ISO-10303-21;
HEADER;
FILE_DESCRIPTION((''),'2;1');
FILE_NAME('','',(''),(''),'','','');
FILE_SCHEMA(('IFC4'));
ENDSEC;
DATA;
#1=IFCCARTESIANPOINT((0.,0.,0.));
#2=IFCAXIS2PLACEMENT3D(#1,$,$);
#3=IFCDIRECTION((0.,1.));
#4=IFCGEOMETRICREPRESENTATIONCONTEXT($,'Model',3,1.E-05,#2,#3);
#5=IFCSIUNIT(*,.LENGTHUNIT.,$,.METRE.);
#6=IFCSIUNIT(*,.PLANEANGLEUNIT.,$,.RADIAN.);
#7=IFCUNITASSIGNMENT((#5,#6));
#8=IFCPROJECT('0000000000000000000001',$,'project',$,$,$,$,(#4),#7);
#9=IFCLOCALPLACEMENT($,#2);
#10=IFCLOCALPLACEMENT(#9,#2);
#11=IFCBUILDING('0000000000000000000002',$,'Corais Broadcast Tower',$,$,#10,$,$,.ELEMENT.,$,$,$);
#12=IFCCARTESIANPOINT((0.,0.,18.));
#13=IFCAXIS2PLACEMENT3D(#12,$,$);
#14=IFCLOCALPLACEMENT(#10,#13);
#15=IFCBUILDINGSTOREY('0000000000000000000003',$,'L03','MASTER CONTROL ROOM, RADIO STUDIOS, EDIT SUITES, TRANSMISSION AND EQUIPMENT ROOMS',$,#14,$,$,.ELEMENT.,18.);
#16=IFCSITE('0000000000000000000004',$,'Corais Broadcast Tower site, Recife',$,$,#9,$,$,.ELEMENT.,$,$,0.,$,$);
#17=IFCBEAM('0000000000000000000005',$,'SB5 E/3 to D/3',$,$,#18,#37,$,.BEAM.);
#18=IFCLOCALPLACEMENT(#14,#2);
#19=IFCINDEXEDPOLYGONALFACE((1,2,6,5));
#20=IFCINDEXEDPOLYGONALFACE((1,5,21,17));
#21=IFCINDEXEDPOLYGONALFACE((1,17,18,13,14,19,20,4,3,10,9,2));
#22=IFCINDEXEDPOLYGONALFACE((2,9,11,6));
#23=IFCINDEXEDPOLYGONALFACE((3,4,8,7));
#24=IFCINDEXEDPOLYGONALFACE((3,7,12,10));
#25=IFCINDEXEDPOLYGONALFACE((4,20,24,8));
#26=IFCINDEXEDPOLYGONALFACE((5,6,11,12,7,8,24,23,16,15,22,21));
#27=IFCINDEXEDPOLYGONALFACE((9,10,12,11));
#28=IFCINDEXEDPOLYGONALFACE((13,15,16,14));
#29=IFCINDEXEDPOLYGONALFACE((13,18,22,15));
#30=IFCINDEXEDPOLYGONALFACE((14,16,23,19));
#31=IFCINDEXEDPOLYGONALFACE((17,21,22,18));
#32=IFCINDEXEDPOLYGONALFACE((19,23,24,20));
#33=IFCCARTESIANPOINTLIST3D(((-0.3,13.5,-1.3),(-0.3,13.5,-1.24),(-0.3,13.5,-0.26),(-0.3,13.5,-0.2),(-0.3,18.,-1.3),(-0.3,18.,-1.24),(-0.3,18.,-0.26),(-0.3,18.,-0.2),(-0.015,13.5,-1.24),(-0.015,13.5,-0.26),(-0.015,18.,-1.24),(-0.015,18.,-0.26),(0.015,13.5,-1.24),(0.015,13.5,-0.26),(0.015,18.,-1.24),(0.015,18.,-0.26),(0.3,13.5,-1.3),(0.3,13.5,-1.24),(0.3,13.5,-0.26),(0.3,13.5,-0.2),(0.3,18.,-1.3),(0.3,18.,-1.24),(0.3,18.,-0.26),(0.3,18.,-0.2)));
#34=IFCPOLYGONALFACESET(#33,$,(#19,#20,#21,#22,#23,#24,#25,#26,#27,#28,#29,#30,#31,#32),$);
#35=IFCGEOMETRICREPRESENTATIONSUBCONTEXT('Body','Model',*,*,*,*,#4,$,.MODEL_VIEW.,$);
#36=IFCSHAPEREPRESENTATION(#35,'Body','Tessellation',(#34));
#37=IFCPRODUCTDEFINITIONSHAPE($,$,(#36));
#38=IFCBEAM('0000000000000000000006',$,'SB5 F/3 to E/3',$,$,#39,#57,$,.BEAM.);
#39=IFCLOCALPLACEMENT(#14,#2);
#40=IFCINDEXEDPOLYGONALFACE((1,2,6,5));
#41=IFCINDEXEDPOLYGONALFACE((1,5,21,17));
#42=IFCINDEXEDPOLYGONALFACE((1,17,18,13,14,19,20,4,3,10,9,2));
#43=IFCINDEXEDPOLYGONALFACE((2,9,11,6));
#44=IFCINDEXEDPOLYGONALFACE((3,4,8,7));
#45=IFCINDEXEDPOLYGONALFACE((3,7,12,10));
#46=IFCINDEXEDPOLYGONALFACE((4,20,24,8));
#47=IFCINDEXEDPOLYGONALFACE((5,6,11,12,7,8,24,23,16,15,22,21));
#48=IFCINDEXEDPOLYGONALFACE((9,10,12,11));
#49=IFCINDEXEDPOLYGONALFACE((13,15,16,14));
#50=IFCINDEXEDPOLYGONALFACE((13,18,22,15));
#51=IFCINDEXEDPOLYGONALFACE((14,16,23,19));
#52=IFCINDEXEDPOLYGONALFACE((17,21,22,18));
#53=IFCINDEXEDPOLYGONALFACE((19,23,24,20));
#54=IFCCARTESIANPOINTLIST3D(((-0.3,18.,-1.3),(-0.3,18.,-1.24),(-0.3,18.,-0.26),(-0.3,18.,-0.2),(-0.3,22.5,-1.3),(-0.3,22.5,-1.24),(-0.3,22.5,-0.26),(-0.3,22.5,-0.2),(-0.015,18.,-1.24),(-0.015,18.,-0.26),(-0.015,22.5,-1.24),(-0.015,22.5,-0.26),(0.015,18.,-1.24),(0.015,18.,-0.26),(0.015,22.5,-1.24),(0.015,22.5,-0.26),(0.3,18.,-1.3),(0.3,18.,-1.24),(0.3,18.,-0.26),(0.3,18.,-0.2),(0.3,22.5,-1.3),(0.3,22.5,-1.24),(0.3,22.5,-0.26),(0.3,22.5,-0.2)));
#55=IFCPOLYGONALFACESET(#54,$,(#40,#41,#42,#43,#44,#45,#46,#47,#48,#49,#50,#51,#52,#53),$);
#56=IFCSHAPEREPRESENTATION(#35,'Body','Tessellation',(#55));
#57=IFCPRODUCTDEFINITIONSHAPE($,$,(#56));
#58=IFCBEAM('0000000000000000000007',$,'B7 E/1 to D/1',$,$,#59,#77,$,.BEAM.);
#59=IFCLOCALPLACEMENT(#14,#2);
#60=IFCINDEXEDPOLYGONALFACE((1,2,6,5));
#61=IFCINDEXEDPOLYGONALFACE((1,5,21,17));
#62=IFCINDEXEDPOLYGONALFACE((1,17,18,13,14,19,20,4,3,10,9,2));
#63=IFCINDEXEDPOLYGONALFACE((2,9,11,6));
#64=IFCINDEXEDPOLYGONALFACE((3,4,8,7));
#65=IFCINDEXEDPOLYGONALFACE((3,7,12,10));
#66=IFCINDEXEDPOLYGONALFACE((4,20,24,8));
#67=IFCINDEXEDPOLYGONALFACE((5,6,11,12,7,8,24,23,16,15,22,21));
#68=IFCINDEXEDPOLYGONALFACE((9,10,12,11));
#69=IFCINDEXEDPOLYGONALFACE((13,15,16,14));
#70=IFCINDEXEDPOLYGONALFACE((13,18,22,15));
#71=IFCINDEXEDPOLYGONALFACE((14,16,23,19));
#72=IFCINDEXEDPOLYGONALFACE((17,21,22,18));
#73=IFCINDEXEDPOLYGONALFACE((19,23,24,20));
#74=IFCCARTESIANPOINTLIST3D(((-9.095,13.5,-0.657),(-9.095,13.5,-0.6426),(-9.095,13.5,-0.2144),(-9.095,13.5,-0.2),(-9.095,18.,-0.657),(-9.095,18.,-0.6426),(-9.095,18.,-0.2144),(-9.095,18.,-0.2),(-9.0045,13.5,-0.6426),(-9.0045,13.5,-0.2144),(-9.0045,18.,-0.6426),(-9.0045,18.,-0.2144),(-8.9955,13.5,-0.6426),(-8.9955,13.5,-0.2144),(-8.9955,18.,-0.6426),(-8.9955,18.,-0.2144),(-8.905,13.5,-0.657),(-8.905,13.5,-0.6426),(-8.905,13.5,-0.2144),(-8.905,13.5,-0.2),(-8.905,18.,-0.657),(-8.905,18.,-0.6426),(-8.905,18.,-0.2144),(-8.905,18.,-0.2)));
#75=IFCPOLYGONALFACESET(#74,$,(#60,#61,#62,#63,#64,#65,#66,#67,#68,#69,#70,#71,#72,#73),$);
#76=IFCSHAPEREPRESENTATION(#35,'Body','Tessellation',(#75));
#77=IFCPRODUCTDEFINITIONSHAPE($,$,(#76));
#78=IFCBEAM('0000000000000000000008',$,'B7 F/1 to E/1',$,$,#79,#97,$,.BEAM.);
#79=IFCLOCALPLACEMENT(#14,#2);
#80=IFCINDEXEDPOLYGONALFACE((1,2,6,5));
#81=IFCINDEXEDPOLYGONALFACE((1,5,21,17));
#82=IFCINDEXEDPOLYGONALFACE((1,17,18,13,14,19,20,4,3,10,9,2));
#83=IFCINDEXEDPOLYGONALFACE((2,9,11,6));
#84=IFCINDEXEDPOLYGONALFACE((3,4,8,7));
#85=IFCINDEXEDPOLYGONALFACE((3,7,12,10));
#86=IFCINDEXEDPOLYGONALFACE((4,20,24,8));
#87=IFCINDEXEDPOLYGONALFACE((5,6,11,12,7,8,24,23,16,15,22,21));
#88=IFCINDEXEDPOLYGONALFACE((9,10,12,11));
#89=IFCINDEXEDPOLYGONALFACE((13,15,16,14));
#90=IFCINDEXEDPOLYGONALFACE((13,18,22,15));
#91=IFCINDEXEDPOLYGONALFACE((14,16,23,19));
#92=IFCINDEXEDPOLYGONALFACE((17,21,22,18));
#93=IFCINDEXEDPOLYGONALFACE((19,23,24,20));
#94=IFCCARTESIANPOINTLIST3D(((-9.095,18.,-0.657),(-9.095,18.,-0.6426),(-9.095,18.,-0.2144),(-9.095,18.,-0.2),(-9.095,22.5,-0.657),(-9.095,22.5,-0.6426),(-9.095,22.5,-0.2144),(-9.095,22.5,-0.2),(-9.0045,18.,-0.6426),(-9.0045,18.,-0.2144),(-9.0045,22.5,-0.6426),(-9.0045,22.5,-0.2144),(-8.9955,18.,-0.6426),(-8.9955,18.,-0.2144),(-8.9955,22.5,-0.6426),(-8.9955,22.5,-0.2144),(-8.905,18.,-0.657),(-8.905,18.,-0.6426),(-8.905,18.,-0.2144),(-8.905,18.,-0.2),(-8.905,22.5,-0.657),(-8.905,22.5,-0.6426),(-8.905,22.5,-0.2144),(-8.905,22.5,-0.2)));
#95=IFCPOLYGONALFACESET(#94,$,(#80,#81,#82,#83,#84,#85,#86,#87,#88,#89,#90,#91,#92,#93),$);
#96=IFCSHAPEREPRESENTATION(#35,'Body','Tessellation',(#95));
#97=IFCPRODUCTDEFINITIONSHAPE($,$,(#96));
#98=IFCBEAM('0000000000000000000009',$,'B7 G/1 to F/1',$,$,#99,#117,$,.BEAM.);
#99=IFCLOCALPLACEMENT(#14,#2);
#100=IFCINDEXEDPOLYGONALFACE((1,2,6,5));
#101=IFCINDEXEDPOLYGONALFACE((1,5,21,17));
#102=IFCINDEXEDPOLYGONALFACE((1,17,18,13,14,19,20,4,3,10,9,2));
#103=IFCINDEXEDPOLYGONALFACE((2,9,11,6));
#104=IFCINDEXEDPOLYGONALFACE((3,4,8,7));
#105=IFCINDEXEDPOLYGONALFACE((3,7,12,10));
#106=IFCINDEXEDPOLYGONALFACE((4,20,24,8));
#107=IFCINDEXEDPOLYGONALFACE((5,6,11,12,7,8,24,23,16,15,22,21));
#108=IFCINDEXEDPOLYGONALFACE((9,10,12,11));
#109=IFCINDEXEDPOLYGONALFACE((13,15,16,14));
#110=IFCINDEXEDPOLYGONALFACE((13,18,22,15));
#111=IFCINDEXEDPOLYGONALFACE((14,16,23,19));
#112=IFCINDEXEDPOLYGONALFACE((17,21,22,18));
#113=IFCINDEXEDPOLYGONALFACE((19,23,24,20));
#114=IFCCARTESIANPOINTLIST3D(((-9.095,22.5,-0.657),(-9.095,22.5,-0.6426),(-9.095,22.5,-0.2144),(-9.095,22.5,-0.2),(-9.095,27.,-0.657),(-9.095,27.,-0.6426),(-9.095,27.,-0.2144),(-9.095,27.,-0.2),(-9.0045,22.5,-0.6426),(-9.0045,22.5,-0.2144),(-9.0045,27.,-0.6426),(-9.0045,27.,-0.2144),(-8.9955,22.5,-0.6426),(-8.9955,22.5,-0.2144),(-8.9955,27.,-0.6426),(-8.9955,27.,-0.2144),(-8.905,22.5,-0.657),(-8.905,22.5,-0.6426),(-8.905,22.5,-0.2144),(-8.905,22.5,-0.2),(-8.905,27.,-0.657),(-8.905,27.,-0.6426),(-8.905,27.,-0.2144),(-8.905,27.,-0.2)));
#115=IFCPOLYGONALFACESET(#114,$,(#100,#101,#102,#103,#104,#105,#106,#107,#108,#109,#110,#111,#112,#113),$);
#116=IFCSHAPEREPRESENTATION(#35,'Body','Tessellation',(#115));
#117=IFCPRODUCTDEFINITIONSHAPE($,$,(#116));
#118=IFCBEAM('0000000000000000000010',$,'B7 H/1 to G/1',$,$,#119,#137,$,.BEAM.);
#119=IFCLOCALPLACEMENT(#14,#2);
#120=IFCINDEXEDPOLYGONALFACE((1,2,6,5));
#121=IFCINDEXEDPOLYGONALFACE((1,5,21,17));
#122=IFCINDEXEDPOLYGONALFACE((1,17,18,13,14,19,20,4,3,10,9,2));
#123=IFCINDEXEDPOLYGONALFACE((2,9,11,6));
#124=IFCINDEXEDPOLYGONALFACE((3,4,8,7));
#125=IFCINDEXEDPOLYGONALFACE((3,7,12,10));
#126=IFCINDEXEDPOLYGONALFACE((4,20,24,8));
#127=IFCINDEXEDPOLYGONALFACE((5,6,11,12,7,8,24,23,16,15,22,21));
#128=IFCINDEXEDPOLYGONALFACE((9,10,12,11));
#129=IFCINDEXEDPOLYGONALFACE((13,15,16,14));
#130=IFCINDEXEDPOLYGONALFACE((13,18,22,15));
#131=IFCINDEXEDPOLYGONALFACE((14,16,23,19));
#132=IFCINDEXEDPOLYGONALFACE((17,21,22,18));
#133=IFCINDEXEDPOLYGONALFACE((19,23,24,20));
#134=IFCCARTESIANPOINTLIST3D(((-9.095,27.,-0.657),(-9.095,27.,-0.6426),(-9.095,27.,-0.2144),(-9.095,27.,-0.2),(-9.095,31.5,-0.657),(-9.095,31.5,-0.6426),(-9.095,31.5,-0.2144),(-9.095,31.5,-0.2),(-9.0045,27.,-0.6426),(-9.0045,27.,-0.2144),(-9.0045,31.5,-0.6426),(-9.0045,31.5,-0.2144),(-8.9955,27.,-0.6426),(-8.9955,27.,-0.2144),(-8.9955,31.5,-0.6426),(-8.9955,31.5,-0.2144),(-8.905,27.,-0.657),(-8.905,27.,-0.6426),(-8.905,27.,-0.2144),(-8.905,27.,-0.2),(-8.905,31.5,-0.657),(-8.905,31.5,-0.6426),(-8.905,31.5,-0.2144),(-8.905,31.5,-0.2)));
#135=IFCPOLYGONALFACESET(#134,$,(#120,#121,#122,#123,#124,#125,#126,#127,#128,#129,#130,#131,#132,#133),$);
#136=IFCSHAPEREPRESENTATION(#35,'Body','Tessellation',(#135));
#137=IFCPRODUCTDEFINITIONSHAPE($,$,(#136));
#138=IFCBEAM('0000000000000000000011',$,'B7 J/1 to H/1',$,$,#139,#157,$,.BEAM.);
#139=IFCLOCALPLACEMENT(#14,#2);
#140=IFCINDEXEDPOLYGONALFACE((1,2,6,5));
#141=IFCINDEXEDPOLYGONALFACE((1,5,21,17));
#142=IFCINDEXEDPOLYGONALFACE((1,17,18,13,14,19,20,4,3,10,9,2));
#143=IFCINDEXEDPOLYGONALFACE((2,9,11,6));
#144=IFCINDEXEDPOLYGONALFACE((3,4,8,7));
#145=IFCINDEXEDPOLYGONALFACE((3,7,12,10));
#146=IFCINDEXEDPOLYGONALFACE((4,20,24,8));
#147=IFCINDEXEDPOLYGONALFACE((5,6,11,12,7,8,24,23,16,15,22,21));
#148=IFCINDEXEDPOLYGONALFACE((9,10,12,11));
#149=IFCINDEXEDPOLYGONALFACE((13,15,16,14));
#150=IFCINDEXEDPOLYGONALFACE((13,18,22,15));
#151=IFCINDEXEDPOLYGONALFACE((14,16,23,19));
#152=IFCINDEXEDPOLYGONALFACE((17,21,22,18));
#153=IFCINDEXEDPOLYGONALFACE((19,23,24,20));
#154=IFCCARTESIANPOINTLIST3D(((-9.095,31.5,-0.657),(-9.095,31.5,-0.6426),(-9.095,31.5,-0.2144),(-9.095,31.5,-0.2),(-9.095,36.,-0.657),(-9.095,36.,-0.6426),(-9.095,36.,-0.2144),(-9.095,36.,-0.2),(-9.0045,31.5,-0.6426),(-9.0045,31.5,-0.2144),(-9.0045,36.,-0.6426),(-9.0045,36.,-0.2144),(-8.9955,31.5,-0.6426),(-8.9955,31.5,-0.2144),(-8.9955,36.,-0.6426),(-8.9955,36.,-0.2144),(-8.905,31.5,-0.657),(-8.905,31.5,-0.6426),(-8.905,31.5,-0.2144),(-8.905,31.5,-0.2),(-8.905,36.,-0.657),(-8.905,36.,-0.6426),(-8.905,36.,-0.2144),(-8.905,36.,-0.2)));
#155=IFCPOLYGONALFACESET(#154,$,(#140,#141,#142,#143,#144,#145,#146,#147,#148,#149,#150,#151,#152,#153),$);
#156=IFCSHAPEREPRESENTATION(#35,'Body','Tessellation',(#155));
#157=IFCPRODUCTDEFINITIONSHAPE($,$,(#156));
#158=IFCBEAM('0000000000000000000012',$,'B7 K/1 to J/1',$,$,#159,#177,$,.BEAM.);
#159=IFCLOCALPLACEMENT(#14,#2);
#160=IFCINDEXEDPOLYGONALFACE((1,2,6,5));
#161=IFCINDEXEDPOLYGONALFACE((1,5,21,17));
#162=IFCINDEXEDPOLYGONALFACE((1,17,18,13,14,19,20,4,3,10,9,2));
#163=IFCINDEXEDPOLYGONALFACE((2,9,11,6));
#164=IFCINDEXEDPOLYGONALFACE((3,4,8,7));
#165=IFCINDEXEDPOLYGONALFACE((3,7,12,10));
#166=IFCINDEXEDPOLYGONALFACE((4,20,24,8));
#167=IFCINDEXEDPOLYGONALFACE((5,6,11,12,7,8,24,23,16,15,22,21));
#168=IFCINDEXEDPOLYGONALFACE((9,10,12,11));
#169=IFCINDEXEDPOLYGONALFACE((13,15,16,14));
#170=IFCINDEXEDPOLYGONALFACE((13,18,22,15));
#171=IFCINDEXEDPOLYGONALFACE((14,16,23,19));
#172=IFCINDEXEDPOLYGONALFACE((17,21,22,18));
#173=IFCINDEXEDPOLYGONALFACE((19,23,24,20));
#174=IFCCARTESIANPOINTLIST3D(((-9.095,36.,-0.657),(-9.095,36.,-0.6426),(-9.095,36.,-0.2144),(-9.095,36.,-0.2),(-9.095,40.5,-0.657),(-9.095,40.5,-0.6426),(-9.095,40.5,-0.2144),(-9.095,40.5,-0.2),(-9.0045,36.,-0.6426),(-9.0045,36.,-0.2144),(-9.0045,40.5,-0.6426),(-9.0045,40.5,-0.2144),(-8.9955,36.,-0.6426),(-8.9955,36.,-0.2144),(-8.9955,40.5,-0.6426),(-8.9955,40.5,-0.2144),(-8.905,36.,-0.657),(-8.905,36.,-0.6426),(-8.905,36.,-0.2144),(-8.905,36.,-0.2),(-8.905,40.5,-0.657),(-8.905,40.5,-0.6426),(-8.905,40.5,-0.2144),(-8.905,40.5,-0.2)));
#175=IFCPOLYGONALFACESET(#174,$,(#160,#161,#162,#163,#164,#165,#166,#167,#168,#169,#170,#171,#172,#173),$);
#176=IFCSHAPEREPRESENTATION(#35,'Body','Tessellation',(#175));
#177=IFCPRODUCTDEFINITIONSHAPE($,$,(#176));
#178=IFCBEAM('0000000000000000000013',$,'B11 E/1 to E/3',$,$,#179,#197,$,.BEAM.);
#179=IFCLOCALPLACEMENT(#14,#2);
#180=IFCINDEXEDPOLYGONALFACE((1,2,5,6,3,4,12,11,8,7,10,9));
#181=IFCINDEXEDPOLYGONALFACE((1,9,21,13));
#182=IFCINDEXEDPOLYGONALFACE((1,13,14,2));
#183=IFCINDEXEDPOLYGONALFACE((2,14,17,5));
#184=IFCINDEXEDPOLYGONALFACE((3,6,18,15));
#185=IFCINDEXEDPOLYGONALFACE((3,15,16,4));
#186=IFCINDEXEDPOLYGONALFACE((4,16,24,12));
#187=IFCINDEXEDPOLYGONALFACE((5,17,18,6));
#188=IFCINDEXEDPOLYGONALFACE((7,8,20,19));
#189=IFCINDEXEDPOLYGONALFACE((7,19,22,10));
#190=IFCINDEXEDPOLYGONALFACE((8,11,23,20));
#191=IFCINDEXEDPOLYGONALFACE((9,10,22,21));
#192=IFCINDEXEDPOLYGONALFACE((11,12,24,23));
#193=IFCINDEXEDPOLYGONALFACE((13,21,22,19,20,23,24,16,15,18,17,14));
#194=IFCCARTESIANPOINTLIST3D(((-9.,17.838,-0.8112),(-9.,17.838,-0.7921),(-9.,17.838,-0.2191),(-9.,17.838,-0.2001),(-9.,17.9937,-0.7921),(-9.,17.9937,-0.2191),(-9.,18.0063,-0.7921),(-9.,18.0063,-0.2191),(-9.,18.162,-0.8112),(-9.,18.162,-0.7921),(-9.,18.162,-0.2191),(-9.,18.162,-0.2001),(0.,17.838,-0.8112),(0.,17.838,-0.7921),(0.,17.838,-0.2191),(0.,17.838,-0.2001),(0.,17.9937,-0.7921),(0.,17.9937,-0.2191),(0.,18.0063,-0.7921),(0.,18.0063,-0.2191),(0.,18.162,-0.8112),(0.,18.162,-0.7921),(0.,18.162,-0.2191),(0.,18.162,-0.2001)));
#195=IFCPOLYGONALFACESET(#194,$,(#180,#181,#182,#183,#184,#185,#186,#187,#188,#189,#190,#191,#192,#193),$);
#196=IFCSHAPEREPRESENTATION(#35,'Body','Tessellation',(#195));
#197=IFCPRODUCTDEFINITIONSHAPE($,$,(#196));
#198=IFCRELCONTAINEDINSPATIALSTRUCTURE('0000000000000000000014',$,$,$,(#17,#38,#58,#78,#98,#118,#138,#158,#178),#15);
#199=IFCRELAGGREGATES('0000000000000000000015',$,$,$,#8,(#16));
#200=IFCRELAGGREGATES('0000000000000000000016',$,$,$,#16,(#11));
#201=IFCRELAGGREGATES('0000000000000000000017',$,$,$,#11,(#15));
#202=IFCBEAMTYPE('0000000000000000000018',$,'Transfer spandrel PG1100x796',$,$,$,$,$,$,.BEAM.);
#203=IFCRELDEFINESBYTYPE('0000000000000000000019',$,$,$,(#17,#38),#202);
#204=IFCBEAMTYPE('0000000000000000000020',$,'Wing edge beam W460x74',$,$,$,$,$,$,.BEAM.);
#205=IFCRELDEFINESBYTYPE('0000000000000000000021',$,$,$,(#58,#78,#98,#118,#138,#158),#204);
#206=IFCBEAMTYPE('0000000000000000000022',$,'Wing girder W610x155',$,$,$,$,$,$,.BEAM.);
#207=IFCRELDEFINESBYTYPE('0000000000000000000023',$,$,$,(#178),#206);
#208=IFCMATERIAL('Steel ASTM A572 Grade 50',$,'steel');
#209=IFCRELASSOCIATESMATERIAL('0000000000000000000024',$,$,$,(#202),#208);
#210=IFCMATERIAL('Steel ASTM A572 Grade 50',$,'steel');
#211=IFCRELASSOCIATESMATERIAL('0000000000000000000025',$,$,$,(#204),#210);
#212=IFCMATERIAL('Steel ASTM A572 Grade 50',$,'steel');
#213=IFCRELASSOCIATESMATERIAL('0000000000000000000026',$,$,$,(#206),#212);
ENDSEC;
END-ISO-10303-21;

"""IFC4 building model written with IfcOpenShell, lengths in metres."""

from ifc_helpers import new_model, si_unit, direction, frame, origin, origin_2d, place, context, subcontext, project, spatial, i_section, extrude, material, material_profile, profile_set, type_object, element, save


model = new_model("IFC4")

# Units and contexts
model_context = context("Model", 3, precision=1e-05, world=origin(), true_north=direction((0.0, 1.0)))
body_context = subcontext(model_context, "Body", "Model", "MODEL_VIEW")
ifc_project = project(units=[si_unit("LENGTHUNIT", "METRE"), si_unit("PLANEANGLEUNIT", "RADIAN")], contexts=[model_context])

# Site, building, storey
site_placement = place(None, origin())
site = spatial("IfcSite", under=ifc_project, at=site_placement, Name="Corais Broadcast Tower site, Recife", CompositionType="ELEMENT", RefElevation=0.0)
building_placement = place(site_placement, origin())
building = spatial("IfcBuilding", under=site, at=building_placement, Name="Corais Broadcast Tower", CompositionType="ELEMENT")
storey_placement = place(building_placement, frame((0.0, 0.0, 18.0)))
storey = spatial("IfcBuildingStorey", under=building, at=storey_placement, Name="L03", Description="MASTER CONTROL ROOM, RADIO STUDIOS, EDIT SUITES, TRANSMISSION AND EQUIPMENT ROOMS", CompositionType="ELEMENT", Elevation=18.0)

# Beams
ifc_material_1 = material(Name="Steel ASTM A572 Grade 50", Category="steel")
ifc_material_profile_1 = material_profile(ifc_material_1, i_section(OverallWidth=0.6001, OverallDepth=1.1001, WebThickness=0.03, FlangeThickness=0.0601, at=origin_2d()), Name="PG1100x796")
ifc_profile_set_1 = profile_set([ifc_material_profile_1], Name="Steel ASTM A572 Grade 50")
beam_type_1 = type_object("IfcBeamType", Name="Transfer spandrel PG1100x796", PredefinedType="BEAM", material=ifc_profile_set_1)
for number, where, z_axis, x_axis, name in (
    (1, (0.0, 18.0, -0.75), (0.0, -1.0, 0.0), (1.0, 0.0, 0.0), "SB5 E/3 to D/3"),
    (2, (0.0, 22.5, -0.75), (0.0, -1.0, 0.0), (1.0, 0.0, 0.0), "SB5 F/3 to E/3"),
):
    element("IfcBeam", number, at=place(storey_placement, frame(where, z_axis=z_axis, x_axis=x_axis)), inside=storey, type_object=beam_type_1, Name=name, PredefinedType="BEAM", context=body_context, shape_type="SweptSolid", body=[
        extrude(i_section(OverallWidth=0.6001, OverallDepth=1.1001, WebThickness=0.03, FlangeThickness=0.0601, at=origin_2d()), origin(), (0.0, 0.0, 1.0), 4.5),
    ])
ifc_material_2 = material(Name="Steel ASTM A572 Grade 50", Category="steel")
ifc_material_profile_2 = material_profile(ifc_material_2, i_section(OverallWidth=0.1899, OverallDepth=0.457, WebThickness=0.009, FlangeThickness=0.0144, at=origin_2d()), Name="W460x74")
ifc_profile_set_2 = profile_set([ifc_material_profile_2], Name="Steel ASTM A572 Grade 50")
beam_type_2 = type_object("IfcBeamType", Name="Wing edge beam W460x74", PredefinedType="BEAM", material=ifc_profile_set_2)
for number, where, z_axis, x_axis, name in (
    (3, (-9.0, 18.0, -0.4285), (0.0, -1.0, 0.0), (1.0, 0.0, 0.0), "B7 E/1 to D/1"),
    (4, (-9.0, 22.5, -0.4285), (0.0, -1.0, 0.0), (1.0, 0.0, 0.0), "B7 F/1 to E/1"),
    (5, (-9.0, 27.0, -0.4285), (0.0, -1.0, 0.0), (1.0, 0.0, 0.0), "B7 G/1 to F/1"),
    (6, (-9.0, 31.5, -0.4285), (0.0, -1.0, 0.0), (1.0, 0.0, 0.0), "B7 H/1 to G/1"),
    (7, (-9.0, 36.0, -0.4285), (0.0, -1.0, 0.0), (1.0, 0.0, 0.0), "B7 J/1 to H/1"),
    (8, (-9.0, 40.5, -0.4285), (0.0, -1.0, 0.0), (1.0, 0.0, 0.0), "B7 K/1 to J/1"),
):
    element("IfcBeam", number, at=place(storey_placement, frame(where, z_axis=z_axis, x_axis=x_axis)), inside=storey, type_object=beam_type_2, Name=name, PredefinedType="BEAM", context=body_context, shape_type="SweptSolid", body=[
        extrude(i_section(OverallWidth=0.1899, OverallDepth=0.457, WebThickness=0.009, FlangeThickness=0.0144, at=origin_2d()), origin(), (0.0, 0.0, 1.0), 4.5),
    ])
ifc_material_3 = material(Name="Steel ASTM A572 Grade 50", Category="steel")
ifc_material_profile_3 = material_profile(ifc_material_3, i_section(OverallWidth=0.324, OverallDepth=0.6111, WebThickness=0.0127, FlangeThickness=0.019, at=origin_2d()), Name="W610x155")
ifc_profile_set_3 = profile_set([ifc_material_profile_3], Name="Steel ASTM A572 Grade 50")
beam_type_3 = type_object("IfcBeamType", Name="Wing girder W610x155", PredefinedType="BEAM", material=ifc_profile_set_3)
for number, where, z_axis, x_axis, name in (
    (9, (-9.0, 18.0, -0.5056), (1.0, 0.0, 0.0), (0.0, 1.0, 0.0), "B11 E/1 to E/3"),
):
    element("IfcBeam", number, at=place(storey_placement, frame(where, z_axis=z_axis, x_axis=x_axis)), inside=storey, type_object=beam_type_3, Name=name, PredefinedType="BEAM", context=body_context, shape_type="SweptSolid", body=[
        extrude(i_section(OverallWidth=0.324, OverallDepth=0.6111, WebThickness=0.0127, FlangeThickness=0.019, at=origin_2d()), origin(), (0.0, 0.0, 1.0), 9.0),
    ])

save(model, "model.ifc")
